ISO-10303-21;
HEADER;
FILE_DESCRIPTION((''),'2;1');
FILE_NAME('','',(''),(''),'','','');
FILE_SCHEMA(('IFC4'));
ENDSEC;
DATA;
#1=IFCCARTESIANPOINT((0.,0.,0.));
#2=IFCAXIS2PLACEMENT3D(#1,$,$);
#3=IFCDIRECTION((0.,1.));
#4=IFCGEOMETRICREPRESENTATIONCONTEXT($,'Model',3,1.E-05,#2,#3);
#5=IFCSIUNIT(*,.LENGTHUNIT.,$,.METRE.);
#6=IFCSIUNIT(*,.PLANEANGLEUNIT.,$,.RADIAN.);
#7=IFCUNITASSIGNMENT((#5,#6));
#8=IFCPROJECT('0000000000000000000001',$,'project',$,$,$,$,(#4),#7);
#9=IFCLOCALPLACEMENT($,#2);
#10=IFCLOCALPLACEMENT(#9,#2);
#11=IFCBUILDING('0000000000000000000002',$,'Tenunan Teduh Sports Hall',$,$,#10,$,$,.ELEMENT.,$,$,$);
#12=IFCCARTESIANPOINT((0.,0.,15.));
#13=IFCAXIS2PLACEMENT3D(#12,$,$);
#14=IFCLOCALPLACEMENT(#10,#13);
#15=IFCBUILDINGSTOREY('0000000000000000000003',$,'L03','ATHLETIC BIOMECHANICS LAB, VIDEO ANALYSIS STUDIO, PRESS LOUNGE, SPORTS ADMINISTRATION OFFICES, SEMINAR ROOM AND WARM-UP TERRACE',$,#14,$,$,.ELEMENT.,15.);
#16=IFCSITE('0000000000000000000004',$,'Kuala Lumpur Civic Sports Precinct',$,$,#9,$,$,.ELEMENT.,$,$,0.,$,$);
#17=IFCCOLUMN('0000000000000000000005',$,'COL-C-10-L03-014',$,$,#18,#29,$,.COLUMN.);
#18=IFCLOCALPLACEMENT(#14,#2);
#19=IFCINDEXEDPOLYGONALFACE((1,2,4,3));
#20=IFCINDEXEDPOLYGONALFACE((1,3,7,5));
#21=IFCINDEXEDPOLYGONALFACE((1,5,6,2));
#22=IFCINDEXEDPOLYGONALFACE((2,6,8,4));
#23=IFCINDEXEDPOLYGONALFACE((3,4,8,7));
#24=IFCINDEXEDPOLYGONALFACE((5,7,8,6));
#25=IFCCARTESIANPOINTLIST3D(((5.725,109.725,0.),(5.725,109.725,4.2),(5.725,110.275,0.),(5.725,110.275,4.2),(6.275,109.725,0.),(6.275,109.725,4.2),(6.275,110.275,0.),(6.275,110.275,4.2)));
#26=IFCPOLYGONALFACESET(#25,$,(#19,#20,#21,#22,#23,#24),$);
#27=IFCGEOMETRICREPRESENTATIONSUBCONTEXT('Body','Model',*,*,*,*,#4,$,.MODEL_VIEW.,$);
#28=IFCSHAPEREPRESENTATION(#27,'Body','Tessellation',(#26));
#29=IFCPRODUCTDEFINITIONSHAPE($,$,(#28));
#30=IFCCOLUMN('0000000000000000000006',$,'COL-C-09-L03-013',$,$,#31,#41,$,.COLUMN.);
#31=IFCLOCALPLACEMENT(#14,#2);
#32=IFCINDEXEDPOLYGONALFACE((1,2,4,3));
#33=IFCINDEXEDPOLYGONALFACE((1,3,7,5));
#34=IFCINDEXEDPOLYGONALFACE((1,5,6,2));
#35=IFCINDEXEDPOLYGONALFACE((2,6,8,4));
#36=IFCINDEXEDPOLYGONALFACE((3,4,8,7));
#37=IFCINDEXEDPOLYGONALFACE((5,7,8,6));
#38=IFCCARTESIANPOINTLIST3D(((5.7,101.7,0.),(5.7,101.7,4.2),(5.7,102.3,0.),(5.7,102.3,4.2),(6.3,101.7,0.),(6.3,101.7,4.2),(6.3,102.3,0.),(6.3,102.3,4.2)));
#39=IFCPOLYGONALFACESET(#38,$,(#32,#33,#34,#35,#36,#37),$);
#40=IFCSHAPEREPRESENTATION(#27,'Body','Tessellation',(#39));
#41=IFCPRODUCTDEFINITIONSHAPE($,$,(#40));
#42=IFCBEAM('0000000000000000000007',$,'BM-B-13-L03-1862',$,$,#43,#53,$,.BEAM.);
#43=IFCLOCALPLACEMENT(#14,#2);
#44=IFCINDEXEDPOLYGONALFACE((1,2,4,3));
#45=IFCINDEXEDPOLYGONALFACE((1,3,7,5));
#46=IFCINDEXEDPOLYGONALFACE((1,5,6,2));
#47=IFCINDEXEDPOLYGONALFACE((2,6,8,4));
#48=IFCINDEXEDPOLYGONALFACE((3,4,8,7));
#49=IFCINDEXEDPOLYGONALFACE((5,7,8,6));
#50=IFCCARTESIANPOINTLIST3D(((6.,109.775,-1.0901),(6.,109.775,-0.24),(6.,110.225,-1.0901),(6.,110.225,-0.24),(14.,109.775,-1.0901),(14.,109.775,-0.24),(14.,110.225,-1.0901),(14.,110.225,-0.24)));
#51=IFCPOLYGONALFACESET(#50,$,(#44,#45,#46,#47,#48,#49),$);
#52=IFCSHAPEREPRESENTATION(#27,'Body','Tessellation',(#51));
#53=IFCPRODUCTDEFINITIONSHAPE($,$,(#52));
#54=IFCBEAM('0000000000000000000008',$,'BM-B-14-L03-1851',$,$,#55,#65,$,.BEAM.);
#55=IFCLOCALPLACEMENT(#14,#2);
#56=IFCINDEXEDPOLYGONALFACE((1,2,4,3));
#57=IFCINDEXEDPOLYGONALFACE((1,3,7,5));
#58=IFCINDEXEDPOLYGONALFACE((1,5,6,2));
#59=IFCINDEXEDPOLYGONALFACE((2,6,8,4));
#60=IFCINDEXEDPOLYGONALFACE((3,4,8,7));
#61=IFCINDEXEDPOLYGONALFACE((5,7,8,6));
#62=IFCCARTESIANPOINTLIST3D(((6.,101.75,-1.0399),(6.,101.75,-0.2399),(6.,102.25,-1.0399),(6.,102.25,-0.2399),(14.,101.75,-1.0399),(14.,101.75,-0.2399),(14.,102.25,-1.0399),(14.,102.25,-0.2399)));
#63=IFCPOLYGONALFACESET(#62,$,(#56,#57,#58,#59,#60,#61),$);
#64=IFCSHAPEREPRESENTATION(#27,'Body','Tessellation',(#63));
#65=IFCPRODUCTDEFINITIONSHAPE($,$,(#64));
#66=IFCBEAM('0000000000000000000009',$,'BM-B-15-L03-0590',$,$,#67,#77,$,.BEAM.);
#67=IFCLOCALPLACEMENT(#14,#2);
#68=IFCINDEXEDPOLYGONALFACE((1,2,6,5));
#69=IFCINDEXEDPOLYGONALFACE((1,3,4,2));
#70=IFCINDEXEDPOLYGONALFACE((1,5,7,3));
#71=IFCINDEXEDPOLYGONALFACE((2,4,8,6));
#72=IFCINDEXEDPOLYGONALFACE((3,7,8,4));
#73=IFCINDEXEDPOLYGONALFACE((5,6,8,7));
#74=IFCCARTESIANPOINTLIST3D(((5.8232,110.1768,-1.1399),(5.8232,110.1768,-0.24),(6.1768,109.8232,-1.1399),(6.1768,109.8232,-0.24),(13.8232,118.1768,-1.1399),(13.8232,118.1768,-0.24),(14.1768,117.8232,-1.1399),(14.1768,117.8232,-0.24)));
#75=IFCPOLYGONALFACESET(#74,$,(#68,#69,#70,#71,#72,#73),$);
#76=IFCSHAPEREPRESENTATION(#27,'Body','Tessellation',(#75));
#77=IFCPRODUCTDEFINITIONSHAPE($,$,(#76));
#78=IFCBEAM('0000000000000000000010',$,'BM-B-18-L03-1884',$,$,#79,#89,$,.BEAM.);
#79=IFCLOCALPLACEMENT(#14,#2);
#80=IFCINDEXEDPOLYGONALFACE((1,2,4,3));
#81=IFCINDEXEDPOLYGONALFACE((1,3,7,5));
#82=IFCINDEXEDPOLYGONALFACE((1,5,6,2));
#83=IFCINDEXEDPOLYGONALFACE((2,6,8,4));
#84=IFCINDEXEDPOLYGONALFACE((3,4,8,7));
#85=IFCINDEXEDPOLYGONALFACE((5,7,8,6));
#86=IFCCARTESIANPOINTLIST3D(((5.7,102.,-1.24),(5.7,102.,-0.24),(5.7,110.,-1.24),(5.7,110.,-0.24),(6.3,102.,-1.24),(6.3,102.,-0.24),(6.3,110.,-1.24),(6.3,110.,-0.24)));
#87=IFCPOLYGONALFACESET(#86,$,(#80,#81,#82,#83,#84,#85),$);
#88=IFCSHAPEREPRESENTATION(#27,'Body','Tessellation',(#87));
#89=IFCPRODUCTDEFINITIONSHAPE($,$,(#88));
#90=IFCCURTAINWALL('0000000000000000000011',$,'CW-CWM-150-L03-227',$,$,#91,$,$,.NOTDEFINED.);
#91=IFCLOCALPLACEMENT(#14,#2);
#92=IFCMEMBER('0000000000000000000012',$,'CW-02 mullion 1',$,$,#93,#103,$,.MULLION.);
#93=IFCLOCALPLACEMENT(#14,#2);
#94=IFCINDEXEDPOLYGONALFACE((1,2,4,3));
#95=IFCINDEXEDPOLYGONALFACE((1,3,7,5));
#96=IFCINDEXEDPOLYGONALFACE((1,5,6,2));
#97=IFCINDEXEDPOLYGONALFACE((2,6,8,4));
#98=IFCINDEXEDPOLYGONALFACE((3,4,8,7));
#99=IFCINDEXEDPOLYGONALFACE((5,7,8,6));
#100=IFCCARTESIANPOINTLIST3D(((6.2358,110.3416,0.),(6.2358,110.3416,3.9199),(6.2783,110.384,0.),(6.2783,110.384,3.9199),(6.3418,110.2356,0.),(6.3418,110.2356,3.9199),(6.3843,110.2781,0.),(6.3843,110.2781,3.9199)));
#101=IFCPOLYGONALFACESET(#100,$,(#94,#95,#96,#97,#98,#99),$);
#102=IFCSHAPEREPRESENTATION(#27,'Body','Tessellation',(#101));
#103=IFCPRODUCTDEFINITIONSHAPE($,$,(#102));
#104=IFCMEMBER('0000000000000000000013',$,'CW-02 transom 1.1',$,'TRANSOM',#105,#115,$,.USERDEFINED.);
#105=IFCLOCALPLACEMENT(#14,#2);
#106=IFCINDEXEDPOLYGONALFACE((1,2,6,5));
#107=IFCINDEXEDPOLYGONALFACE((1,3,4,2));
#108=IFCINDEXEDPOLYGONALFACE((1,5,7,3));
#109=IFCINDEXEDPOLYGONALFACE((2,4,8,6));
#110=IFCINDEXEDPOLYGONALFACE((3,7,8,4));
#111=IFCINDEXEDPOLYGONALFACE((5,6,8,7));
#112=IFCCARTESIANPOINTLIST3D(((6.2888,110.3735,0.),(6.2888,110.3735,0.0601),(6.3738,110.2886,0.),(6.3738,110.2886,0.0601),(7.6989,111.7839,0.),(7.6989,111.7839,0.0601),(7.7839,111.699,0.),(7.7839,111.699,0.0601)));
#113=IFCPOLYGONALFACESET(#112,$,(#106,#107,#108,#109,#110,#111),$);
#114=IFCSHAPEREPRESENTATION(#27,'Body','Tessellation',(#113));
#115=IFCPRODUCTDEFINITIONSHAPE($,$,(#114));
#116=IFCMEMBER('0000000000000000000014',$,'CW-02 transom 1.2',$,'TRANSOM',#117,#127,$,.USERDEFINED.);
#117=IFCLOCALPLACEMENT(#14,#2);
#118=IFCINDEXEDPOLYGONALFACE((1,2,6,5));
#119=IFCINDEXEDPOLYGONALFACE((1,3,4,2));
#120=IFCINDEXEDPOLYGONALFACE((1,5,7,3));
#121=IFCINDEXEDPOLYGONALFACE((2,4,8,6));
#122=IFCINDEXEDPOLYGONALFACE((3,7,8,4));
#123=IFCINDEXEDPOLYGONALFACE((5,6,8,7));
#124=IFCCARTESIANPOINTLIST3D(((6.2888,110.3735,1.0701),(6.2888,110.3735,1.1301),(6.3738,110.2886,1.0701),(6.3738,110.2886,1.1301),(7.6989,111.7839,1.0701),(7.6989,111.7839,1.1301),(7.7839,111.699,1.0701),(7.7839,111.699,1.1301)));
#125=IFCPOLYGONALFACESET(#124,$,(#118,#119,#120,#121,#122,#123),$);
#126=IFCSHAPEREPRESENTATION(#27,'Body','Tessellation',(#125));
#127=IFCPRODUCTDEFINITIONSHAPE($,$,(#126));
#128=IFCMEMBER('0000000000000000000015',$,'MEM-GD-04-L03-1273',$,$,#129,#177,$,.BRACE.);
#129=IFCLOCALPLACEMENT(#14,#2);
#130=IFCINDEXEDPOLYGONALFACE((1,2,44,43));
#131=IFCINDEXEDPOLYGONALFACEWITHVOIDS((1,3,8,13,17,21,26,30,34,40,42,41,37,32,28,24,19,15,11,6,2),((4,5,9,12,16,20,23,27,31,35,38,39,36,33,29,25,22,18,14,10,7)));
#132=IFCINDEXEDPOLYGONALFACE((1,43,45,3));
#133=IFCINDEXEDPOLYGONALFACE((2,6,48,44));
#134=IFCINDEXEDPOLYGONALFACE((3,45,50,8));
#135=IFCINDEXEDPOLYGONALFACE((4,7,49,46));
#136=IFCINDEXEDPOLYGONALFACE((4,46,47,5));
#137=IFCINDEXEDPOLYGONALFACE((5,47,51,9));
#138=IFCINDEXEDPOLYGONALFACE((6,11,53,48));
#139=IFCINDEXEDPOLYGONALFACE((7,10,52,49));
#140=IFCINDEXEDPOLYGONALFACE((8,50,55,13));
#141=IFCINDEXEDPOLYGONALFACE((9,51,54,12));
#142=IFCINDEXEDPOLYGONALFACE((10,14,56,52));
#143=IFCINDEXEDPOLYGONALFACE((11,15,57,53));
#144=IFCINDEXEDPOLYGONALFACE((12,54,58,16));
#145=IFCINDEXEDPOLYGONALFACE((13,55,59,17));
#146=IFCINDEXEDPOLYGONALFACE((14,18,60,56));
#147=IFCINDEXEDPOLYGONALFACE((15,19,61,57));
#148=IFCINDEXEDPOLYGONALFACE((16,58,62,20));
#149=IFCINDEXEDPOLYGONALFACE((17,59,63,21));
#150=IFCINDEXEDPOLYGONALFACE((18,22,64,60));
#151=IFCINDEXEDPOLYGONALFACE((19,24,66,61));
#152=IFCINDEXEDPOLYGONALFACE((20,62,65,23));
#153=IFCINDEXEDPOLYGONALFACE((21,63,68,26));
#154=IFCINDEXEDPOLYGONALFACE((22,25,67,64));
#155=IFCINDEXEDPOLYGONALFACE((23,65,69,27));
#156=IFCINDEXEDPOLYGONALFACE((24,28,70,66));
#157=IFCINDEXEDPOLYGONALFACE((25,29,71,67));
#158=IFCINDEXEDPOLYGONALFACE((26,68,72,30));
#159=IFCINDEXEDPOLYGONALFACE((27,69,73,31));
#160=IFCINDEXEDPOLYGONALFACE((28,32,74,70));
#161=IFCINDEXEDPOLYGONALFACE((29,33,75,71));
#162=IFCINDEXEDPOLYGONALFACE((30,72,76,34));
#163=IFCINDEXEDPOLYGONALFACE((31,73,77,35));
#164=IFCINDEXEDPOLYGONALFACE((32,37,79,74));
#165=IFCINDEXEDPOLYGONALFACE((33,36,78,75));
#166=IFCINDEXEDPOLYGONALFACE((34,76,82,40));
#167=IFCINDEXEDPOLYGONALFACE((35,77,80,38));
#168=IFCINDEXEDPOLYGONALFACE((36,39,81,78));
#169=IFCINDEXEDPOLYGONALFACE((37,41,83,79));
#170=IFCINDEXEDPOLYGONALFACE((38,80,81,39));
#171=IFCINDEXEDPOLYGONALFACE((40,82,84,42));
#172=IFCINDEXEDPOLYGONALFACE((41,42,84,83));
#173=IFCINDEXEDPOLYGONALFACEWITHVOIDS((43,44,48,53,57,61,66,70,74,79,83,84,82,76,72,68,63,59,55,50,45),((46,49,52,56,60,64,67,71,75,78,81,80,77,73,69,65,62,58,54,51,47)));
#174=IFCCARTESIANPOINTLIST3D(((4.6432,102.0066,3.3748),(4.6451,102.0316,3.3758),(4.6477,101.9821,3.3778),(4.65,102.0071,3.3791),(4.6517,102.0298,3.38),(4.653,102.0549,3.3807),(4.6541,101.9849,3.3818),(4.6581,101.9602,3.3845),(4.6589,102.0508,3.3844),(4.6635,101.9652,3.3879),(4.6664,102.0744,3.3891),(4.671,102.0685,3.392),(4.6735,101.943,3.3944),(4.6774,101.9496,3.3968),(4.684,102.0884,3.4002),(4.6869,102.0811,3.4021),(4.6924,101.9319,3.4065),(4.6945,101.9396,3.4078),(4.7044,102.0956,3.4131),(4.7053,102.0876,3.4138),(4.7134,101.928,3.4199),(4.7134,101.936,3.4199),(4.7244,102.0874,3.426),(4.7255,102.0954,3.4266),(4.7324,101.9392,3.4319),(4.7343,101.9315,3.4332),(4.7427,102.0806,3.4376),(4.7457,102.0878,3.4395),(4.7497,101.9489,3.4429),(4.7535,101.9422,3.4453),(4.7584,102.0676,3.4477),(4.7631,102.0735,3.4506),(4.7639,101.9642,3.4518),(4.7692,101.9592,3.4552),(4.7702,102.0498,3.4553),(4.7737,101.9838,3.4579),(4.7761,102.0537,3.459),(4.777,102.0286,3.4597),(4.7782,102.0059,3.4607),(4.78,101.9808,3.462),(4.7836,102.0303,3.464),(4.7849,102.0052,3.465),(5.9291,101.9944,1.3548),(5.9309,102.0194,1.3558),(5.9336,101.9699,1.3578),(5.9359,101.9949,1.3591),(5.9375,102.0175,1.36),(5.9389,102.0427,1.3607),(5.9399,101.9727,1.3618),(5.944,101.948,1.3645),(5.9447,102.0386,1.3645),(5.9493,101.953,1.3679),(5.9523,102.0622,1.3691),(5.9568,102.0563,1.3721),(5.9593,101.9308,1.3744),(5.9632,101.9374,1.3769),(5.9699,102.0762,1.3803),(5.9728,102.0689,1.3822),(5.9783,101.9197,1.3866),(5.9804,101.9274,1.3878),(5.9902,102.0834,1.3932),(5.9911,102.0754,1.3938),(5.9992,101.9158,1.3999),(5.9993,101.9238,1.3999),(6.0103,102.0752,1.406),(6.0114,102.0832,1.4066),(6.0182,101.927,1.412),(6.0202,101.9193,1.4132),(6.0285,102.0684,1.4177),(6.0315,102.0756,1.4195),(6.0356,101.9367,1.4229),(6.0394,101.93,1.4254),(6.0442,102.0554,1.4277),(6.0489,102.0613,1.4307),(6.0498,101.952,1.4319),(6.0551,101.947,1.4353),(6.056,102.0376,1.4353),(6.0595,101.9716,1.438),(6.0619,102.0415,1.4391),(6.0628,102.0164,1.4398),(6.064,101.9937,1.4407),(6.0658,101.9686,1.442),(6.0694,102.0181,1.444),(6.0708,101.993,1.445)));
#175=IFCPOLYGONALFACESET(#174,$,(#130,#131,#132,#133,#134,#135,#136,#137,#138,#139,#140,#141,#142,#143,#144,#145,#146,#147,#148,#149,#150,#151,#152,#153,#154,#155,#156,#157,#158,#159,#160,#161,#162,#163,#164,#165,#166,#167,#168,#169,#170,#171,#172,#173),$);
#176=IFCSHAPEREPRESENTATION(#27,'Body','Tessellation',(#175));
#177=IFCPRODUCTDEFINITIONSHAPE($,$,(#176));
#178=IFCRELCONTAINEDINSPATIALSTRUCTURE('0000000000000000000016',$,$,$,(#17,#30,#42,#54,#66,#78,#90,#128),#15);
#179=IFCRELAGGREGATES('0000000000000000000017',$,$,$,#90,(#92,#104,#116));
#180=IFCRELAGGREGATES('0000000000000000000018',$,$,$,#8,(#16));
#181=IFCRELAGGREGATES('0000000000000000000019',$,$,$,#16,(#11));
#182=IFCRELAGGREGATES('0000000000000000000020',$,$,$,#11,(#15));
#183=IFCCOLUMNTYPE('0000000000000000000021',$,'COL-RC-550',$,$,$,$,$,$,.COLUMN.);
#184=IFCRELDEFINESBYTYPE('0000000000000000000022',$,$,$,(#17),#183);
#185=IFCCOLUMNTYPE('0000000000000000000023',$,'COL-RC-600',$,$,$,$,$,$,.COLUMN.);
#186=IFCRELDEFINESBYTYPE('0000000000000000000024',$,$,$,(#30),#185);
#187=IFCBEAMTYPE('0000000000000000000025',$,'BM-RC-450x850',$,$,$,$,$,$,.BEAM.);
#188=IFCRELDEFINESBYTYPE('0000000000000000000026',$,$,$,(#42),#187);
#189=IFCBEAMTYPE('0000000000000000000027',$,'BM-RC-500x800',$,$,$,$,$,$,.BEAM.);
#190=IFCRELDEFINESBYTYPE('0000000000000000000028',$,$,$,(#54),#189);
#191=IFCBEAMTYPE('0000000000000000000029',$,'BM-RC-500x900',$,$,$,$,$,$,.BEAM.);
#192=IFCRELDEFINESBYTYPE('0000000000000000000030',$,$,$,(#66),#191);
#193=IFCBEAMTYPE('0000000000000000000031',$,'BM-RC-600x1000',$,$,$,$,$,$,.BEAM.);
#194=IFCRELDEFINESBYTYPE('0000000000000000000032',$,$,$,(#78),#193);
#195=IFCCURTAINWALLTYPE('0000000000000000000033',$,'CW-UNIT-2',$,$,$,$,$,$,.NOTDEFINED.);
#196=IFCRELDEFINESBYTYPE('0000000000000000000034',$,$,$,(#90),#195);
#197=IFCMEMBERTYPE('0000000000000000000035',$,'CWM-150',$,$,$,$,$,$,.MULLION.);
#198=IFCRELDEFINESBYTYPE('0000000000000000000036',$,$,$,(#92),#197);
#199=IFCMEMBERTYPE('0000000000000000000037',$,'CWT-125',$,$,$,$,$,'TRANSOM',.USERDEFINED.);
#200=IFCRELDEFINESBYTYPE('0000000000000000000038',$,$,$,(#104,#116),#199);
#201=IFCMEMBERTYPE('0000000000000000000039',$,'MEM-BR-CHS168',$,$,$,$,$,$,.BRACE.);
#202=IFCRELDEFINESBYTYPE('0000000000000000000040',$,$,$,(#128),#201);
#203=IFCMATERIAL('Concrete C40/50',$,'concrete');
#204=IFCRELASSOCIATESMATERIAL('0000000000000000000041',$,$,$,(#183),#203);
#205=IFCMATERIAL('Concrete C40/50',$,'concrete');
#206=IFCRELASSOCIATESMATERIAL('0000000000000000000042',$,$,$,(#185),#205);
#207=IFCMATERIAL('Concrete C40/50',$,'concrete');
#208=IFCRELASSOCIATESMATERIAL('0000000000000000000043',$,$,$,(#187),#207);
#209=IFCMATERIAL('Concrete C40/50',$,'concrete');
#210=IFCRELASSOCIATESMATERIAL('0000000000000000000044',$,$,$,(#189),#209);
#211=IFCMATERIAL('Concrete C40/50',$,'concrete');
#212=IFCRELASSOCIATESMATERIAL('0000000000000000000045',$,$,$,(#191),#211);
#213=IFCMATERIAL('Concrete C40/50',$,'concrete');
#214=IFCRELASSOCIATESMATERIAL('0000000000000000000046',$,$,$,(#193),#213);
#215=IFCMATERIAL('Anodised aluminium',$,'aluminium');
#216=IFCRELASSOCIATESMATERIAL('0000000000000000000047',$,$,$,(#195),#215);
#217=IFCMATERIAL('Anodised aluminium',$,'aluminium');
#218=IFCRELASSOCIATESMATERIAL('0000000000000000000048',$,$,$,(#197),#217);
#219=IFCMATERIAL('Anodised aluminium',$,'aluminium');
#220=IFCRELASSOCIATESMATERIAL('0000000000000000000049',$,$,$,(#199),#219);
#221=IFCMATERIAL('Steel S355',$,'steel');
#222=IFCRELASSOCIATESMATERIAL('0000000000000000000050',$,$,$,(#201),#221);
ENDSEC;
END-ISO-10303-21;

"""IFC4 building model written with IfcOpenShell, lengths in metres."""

from ifc_helpers import new_model, si_unit, direction, frame, origin, origin_2d, place, context, subcontext, project, spatial, rectangle, hollow_circle, extrude, material, material_profile, profile_set, type_object, element, aggregate, save


model = new_model("IFC4")

# Units and contexts
model_context = context("Model", 3, precision=1e-05, world=origin(), true_north=direction((0.0, 1.0)))
body_context = subcontext(model_context, "Body", "Model", "MODEL_VIEW")
ifc_project = project(units=[si_unit("LENGTHUNIT", "METRE"), si_unit("PLANEANGLEUNIT", "RADIAN")], contexts=[model_context])

# Site, building, storey
site_placement = place(None, origin())
site = spatial("IfcSite", under=ifc_project, at=site_placement, Name="Kuala Lumpur Civic Sports Precinct", CompositionType="ELEMENT", RefElevation=0.0)
building_placement = place(site_placement, origin())
building = spatial("IfcBuilding", under=site, at=building_placement, Name="Tenunan Teduh Sports Hall", CompositionType="ELEMENT")
storey_placement = place(building_placement, frame((0.0, 0.0, 15.0)))
storey = spatial("IfcBuildingStorey", under=building, at=storey_placement, Name="L03", Description="ATHLETIC BIOMECHANICS LAB, VIDEO ANALYSIS STUDIO, PRESS LOUNGE, SPORTS ADMINISTRATION OFFICES, SEMINAR ROOM AND WARM-UP TERRACE", CompositionType="ELEMENT", Elevation=15.0)

# Columns
ifc_material_1 = material(Name="Concrete C40/50", Category="concrete")
ifc_material_profile_1 = material_profile(ifc_material_1, rectangle(XDim=0.55, YDim=0.55, at=origin_2d()), Name="RC 550x550")
ifc_profile_set_1 = profile_set([ifc_material_profile_1], Name="Concrete C40/50")
column_type_1 = type_object("IfcColumnType", Name="COL-RC-550", PredefinedType="COLUMN", material=ifc_profile_set_1)
column_1_placement = place(storey_placement, frame((6.0, 110.0, 0.0), z_axis=(0.0, 0.0, 1.0), x_axis=(1.0, 0.0, 0.0)))
element("IfcColumn", 1, at=column_1_placement, inside=storey, type_object=column_type_1, Name="COL-C-10-L03-014", PredefinedType="COLUMN", context=body_context, shape_type="SweptSolid", body=[
    extrude(rectangle(XDim=0.55, YDim=0.55, at=origin_2d()), origin(), (0.0, 0.0, 1.0), 4.2),
])
ifc_material_2 = material(Name="Concrete C40/50", Category="concrete")
ifc_material_profile_2 = material_profile(ifc_material_2, rectangle(XDim=0.6001, YDim=0.6001, at=origin_2d()), Name="RC 600x600")
ifc_profile_set_2 = profile_set([ifc_material_profile_2], Name="Concrete C40/50")
column_type_2 = type_object("IfcColumnType", Name="COL-RC-600", PredefinedType="COLUMN", material=ifc_profile_set_2)
column_2_placement = place(storey_placement, frame((6.0, 102.0, 0.0), z_axis=(0.0, 0.0, 1.0), x_axis=(1.0, 0.0, 0.0)))
element("IfcColumn", 2, at=column_2_placement, inside=storey, type_object=column_type_2, Name="COL-C-09-L03-013", PredefinedType="COLUMN", context=body_context, shape_type="SweptSolid", body=[
    extrude(rectangle(XDim=0.6001, YDim=0.6001, at=origin_2d()), origin(), (0.0, 0.0, 1.0), 4.2),
])

# Beams
ifc_material_3 = material(Name="Concrete C40/50", Category="concrete")
ifc_material_profile_3 = material_profile(ifc_material_3, rectangle(XDim=0.45, YDim=0.8501, at=origin_2d()), Name="RCB 450x850")
ifc_profile_set_3 = profile_set([ifc_material_profile_3], Name="Concrete C40/50")
beam_type_1 = type_object("IfcBeamType", Name="BM-RC-450x850", PredefinedType="BEAM", material=ifc_profile_set_3)
beam_1_placement = place(storey_placement, frame((6.0, 110.0, -0.665), z_axis=(1.0, 0.0, 0.0), x_axis=(0.0, 1.0, 0.0)))
element("IfcBeam", 3, at=beam_1_placement, inside=storey, type_object=beam_type_1, Name="BM-B-13-L03-1862", PredefinedType="BEAM", context=body_context, shape_type="SweptSolid", body=[
    extrude(rectangle(XDim=0.45, YDim=0.8501, at=origin_2d()), origin(), (0.0, 0.0, 1.0), 8.0),
])
ifc_material_4 = material(Name="Concrete C40/50", Category="concrete")
ifc_material_profile_4 = material_profile(ifc_material_4, rectangle(XDim=0.5, YDim=0.8, at=origin_2d()), Name="RCB 500x800")
ifc_profile_set_4 = profile_set([ifc_material_profile_4], Name="Concrete C40/50")
beam_type_2 = type_object("IfcBeamType", Name="BM-RC-500x800", PredefinedType="BEAM", material=ifc_profile_set_4)
beam_2_placement = place(storey_placement, frame((6.0, 102.0, -0.6399), z_axis=(1.0, 0.0, 0.0), x_axis=(0.0, 1.0, 0.0)))
element("IfcBeam", 4, at=beam_2_placement, inside=storey, type_object=beam_type_2, Name="BM-B-14-L03-1851", PredefinedType="BEAM", context=body_context, shape_type="SweptSolid", body=[
    extrude(rectangle(XDim=0.5, YDim=0.8, at=origin_2d()), origin(), (0.0, 0.0, 1.0), 8.0),
])
ifc_material_5 = material(Name="Concrete C40/50", Category="concrete")
ifc_material_profile_5 = material_profile(ifc_material_5, rectangle(XDim=0.5, YDim=0.8999, at=origin_2d()), Name="RCB 500x900")
ifc_profile_set_5 = profile_set([ifc_material_profile_5], Name="Concrete C40/50")
beam_type_3 = type_object("IfcBeamType", Name="BM-RC-500x900", PredefinedType="BEAM", material=ifc_profile_set_5)
beam_3_placement = place(storey_placement, frame((6.0, 110.0, -0.6899), z_axis=(0.707107, 0.707107, 0.0), x_axis=(-0.707107, 0.707107, 0.0)))
element("IfcBeam", 5, at=beam_3_placement, inside=storey, type_object=beam_type_3, Name="BM-B-15-L03-0590", PredefinedType="BEAM", context=body_context, shape_type="SweptSolid", body=[
    extrude(rectangle(XDim=0.5, YDim=0.8999, at=origin_2d()), origin(), (0.0, 0.0, 1.0), 11.3137),
])
ifc_material_6 = material(Name="Concrete C40/50", Category="concrete")
ifc_material_profile_6 = material_profile(ifc_material_6, rectangle(XDim=0.6001, YDim=1.0, at=origin_2d()), Name="RCB 600x1000")
ifc_profile_set_6 = profile_set([ifc_material_profile_6], Name="Concrete C40/50")
beam_type_4 = type_object("IfcBeamType", Name="BM-RC-600x1000", PredefinedType="BEAM", material=ifc_profile_set_6)
beam_4_placement = place(storey_placement, frame((6.0, 102.0, -0.74), z_axis=(0.0, 1.0, 0.0), x_axis=(-1.0, 0.0, 0.0)))
element("IfcBeam", 6, at=beam_4_placement, inside=storey, type_object=beam_type_4, Name="BM-B-18-L03-1884", PredefinedType="BEAM", context=body_context, shape_type="SweptSolid", body=[
    extrude(rectangle(XDim=0.6001, YDim=1.0, at=origin_2d()), origin(), (0.0, 0.0, 1.0), 8.0),
])

# Curtain wall, members
ifc_material_7 = material(Name="Anodised aluminium", Category="aluminium")
curtain_wall_type = type_object("IfcCurtainWallType", Name="CW-UNIT-2", PredefinedType="NOTDEFINED", material=ifc_material_7)
curtain_wall_placement = place(storey_placement, origin())
curtain_wall = element("IfcCurtainWall", 7, at=curtain_wall_placement, inside=storey, type_object=curtain_wall_type, Name="CW-CWM-150-L03-227", PredefinedType="NOTDEFINED")
ifc_material_8 = material(Name="Anodised aluminium", Category="aluminium")
ifc_material_profile_7 = material_profile(ifc_material_8, rectangle(XDim=0.0601, YDim=0.1499, at=origin_2d()), Name="CWM 60x150")
ifc_profile_set_7 = profile_set([ifc_material_profile_7], Name="Anodised aluminium")
member_type_1 = type_object("IfcMemberType", Name="CWM-150", PredefinedType="MULLION", material=ifc_profile_set_7)
member_1_placement = place(storey_placement, frame((6.3101, 110.3098, 0.0), z_axis=(0.0, 0.0, 1.0), x_axis=(0.707102, 0.707112, 0.0)))
member_1 = element("IfcMember", 8, at=member_1_placement, type_object=member_type_1, Name="CW-02 mullion 1", PredefinedType="MULLION", context=body_context, shape_type="SweptSolid", body=[
    extrude(rectangle(XDim=0.0601, YDim=0.1499, at=origin_2d()), origin(), (0.0, 0.0, 1.0), 3.9199),
])
ifc_material_9 = material(Name="Anodised aluminium", Category="aluminium")
ifc_material_profile_8 = material_profile(ifc_material_9, rectangle(XDim=0.0601, YDim=0.1201, at=origin_2d()), Name="CWT 60x120")
ifc_profile_set_8 = profile_set([ifc_material_profile_8], Name="Anodised aluminium")
member_type_2 = type_object("IfcMemberType", Name="CWT-125", ElementType="TRANSOM", PredefinedType="USERDEFINED", material=ifc_profile_set_8)
member_2_placement = place(storey_placement, frame((6.3313, 110.3311, 0.03), z_axis=(0.707046, 0.707168, 0.0), x_axis=(0.0, 0.0, 1.0)))
member_2 = element("IfcMember", 9, at=member_2_placement, type_object=member_type_2, Name="CW-02 transom 1.1", ObjectType="TRANSOM", PredefinedType="USERDEFINED", context=body_context, shape_type="SweptSolid", body=[
    extrude(rectangle(XDim=0.0601, YDim=0.1201, at=origin_2d()), origin(), (0.0, 0.0, 1.0), 1.9944),
])
member_3_placement = place(storey_placement, frame((6.3313, 110.3311, 1.1001), z_axis=(0.707046, 0.707168, 0.0), x_axis=(0.0, 0.0, 1.0)))
member_3 = element("IfcMember", 10, at=member_3_placement, type_object=member_type_2, Name="CW-02 transom 1.2", ObjectType="TRANSOM", PredefinedType="USERDEFINED", context=body_context, shape_type="SweptSolid", body=[
    extrude(rectangle(XDim=0.0601, YDim=0.1201, at=origin_2d()), origin(), (0.0, 0.0, 1.0), 1.9944),
])
aggregate(curtain_wall, [member_1, member_2, member_3])

# Member
ifc_material_10 = material(Name="Steel S355", Category="steel")
ifc_material_profile_9 = material_profile(ifc_material_10, hollow_circle(Radius=0.0842, WallThickness=0.0081, at=origin_2d()), Name="CHS 168.3x8.0")
ifc_profile_set_9 = profile_set([ifc_material_profile_9], Name="Steel S355")
member_type_3 = type_object("IfcMemberType", Name="MEM-BR-CHS168", PredefinedType="BRACE", material=ifc_profile_set_9)
member_4_placement = place(storey_placement, frame((6.0, 102.0, 1.3999), z_axis=(-0.536994, 0.005098, 0.843571), x_axis=(-0.009493, -0.999955, 0.0)))
element("IfcMember", 11, at=member_4_placement, inside=storey, type_object=member_type_3, Name="MEM-GD-04-L03-1273", PredefinedType="BRACE", context=body_context, shape_type="SweptSolid", body=[
    extrude(hollow_circle(Radius=0.0842, WallThickness=0.0081, at=origin_2d()), origin(), (0.0, 0.0, 1.0), 2.3945),
])

save(model, "model.ifc")
